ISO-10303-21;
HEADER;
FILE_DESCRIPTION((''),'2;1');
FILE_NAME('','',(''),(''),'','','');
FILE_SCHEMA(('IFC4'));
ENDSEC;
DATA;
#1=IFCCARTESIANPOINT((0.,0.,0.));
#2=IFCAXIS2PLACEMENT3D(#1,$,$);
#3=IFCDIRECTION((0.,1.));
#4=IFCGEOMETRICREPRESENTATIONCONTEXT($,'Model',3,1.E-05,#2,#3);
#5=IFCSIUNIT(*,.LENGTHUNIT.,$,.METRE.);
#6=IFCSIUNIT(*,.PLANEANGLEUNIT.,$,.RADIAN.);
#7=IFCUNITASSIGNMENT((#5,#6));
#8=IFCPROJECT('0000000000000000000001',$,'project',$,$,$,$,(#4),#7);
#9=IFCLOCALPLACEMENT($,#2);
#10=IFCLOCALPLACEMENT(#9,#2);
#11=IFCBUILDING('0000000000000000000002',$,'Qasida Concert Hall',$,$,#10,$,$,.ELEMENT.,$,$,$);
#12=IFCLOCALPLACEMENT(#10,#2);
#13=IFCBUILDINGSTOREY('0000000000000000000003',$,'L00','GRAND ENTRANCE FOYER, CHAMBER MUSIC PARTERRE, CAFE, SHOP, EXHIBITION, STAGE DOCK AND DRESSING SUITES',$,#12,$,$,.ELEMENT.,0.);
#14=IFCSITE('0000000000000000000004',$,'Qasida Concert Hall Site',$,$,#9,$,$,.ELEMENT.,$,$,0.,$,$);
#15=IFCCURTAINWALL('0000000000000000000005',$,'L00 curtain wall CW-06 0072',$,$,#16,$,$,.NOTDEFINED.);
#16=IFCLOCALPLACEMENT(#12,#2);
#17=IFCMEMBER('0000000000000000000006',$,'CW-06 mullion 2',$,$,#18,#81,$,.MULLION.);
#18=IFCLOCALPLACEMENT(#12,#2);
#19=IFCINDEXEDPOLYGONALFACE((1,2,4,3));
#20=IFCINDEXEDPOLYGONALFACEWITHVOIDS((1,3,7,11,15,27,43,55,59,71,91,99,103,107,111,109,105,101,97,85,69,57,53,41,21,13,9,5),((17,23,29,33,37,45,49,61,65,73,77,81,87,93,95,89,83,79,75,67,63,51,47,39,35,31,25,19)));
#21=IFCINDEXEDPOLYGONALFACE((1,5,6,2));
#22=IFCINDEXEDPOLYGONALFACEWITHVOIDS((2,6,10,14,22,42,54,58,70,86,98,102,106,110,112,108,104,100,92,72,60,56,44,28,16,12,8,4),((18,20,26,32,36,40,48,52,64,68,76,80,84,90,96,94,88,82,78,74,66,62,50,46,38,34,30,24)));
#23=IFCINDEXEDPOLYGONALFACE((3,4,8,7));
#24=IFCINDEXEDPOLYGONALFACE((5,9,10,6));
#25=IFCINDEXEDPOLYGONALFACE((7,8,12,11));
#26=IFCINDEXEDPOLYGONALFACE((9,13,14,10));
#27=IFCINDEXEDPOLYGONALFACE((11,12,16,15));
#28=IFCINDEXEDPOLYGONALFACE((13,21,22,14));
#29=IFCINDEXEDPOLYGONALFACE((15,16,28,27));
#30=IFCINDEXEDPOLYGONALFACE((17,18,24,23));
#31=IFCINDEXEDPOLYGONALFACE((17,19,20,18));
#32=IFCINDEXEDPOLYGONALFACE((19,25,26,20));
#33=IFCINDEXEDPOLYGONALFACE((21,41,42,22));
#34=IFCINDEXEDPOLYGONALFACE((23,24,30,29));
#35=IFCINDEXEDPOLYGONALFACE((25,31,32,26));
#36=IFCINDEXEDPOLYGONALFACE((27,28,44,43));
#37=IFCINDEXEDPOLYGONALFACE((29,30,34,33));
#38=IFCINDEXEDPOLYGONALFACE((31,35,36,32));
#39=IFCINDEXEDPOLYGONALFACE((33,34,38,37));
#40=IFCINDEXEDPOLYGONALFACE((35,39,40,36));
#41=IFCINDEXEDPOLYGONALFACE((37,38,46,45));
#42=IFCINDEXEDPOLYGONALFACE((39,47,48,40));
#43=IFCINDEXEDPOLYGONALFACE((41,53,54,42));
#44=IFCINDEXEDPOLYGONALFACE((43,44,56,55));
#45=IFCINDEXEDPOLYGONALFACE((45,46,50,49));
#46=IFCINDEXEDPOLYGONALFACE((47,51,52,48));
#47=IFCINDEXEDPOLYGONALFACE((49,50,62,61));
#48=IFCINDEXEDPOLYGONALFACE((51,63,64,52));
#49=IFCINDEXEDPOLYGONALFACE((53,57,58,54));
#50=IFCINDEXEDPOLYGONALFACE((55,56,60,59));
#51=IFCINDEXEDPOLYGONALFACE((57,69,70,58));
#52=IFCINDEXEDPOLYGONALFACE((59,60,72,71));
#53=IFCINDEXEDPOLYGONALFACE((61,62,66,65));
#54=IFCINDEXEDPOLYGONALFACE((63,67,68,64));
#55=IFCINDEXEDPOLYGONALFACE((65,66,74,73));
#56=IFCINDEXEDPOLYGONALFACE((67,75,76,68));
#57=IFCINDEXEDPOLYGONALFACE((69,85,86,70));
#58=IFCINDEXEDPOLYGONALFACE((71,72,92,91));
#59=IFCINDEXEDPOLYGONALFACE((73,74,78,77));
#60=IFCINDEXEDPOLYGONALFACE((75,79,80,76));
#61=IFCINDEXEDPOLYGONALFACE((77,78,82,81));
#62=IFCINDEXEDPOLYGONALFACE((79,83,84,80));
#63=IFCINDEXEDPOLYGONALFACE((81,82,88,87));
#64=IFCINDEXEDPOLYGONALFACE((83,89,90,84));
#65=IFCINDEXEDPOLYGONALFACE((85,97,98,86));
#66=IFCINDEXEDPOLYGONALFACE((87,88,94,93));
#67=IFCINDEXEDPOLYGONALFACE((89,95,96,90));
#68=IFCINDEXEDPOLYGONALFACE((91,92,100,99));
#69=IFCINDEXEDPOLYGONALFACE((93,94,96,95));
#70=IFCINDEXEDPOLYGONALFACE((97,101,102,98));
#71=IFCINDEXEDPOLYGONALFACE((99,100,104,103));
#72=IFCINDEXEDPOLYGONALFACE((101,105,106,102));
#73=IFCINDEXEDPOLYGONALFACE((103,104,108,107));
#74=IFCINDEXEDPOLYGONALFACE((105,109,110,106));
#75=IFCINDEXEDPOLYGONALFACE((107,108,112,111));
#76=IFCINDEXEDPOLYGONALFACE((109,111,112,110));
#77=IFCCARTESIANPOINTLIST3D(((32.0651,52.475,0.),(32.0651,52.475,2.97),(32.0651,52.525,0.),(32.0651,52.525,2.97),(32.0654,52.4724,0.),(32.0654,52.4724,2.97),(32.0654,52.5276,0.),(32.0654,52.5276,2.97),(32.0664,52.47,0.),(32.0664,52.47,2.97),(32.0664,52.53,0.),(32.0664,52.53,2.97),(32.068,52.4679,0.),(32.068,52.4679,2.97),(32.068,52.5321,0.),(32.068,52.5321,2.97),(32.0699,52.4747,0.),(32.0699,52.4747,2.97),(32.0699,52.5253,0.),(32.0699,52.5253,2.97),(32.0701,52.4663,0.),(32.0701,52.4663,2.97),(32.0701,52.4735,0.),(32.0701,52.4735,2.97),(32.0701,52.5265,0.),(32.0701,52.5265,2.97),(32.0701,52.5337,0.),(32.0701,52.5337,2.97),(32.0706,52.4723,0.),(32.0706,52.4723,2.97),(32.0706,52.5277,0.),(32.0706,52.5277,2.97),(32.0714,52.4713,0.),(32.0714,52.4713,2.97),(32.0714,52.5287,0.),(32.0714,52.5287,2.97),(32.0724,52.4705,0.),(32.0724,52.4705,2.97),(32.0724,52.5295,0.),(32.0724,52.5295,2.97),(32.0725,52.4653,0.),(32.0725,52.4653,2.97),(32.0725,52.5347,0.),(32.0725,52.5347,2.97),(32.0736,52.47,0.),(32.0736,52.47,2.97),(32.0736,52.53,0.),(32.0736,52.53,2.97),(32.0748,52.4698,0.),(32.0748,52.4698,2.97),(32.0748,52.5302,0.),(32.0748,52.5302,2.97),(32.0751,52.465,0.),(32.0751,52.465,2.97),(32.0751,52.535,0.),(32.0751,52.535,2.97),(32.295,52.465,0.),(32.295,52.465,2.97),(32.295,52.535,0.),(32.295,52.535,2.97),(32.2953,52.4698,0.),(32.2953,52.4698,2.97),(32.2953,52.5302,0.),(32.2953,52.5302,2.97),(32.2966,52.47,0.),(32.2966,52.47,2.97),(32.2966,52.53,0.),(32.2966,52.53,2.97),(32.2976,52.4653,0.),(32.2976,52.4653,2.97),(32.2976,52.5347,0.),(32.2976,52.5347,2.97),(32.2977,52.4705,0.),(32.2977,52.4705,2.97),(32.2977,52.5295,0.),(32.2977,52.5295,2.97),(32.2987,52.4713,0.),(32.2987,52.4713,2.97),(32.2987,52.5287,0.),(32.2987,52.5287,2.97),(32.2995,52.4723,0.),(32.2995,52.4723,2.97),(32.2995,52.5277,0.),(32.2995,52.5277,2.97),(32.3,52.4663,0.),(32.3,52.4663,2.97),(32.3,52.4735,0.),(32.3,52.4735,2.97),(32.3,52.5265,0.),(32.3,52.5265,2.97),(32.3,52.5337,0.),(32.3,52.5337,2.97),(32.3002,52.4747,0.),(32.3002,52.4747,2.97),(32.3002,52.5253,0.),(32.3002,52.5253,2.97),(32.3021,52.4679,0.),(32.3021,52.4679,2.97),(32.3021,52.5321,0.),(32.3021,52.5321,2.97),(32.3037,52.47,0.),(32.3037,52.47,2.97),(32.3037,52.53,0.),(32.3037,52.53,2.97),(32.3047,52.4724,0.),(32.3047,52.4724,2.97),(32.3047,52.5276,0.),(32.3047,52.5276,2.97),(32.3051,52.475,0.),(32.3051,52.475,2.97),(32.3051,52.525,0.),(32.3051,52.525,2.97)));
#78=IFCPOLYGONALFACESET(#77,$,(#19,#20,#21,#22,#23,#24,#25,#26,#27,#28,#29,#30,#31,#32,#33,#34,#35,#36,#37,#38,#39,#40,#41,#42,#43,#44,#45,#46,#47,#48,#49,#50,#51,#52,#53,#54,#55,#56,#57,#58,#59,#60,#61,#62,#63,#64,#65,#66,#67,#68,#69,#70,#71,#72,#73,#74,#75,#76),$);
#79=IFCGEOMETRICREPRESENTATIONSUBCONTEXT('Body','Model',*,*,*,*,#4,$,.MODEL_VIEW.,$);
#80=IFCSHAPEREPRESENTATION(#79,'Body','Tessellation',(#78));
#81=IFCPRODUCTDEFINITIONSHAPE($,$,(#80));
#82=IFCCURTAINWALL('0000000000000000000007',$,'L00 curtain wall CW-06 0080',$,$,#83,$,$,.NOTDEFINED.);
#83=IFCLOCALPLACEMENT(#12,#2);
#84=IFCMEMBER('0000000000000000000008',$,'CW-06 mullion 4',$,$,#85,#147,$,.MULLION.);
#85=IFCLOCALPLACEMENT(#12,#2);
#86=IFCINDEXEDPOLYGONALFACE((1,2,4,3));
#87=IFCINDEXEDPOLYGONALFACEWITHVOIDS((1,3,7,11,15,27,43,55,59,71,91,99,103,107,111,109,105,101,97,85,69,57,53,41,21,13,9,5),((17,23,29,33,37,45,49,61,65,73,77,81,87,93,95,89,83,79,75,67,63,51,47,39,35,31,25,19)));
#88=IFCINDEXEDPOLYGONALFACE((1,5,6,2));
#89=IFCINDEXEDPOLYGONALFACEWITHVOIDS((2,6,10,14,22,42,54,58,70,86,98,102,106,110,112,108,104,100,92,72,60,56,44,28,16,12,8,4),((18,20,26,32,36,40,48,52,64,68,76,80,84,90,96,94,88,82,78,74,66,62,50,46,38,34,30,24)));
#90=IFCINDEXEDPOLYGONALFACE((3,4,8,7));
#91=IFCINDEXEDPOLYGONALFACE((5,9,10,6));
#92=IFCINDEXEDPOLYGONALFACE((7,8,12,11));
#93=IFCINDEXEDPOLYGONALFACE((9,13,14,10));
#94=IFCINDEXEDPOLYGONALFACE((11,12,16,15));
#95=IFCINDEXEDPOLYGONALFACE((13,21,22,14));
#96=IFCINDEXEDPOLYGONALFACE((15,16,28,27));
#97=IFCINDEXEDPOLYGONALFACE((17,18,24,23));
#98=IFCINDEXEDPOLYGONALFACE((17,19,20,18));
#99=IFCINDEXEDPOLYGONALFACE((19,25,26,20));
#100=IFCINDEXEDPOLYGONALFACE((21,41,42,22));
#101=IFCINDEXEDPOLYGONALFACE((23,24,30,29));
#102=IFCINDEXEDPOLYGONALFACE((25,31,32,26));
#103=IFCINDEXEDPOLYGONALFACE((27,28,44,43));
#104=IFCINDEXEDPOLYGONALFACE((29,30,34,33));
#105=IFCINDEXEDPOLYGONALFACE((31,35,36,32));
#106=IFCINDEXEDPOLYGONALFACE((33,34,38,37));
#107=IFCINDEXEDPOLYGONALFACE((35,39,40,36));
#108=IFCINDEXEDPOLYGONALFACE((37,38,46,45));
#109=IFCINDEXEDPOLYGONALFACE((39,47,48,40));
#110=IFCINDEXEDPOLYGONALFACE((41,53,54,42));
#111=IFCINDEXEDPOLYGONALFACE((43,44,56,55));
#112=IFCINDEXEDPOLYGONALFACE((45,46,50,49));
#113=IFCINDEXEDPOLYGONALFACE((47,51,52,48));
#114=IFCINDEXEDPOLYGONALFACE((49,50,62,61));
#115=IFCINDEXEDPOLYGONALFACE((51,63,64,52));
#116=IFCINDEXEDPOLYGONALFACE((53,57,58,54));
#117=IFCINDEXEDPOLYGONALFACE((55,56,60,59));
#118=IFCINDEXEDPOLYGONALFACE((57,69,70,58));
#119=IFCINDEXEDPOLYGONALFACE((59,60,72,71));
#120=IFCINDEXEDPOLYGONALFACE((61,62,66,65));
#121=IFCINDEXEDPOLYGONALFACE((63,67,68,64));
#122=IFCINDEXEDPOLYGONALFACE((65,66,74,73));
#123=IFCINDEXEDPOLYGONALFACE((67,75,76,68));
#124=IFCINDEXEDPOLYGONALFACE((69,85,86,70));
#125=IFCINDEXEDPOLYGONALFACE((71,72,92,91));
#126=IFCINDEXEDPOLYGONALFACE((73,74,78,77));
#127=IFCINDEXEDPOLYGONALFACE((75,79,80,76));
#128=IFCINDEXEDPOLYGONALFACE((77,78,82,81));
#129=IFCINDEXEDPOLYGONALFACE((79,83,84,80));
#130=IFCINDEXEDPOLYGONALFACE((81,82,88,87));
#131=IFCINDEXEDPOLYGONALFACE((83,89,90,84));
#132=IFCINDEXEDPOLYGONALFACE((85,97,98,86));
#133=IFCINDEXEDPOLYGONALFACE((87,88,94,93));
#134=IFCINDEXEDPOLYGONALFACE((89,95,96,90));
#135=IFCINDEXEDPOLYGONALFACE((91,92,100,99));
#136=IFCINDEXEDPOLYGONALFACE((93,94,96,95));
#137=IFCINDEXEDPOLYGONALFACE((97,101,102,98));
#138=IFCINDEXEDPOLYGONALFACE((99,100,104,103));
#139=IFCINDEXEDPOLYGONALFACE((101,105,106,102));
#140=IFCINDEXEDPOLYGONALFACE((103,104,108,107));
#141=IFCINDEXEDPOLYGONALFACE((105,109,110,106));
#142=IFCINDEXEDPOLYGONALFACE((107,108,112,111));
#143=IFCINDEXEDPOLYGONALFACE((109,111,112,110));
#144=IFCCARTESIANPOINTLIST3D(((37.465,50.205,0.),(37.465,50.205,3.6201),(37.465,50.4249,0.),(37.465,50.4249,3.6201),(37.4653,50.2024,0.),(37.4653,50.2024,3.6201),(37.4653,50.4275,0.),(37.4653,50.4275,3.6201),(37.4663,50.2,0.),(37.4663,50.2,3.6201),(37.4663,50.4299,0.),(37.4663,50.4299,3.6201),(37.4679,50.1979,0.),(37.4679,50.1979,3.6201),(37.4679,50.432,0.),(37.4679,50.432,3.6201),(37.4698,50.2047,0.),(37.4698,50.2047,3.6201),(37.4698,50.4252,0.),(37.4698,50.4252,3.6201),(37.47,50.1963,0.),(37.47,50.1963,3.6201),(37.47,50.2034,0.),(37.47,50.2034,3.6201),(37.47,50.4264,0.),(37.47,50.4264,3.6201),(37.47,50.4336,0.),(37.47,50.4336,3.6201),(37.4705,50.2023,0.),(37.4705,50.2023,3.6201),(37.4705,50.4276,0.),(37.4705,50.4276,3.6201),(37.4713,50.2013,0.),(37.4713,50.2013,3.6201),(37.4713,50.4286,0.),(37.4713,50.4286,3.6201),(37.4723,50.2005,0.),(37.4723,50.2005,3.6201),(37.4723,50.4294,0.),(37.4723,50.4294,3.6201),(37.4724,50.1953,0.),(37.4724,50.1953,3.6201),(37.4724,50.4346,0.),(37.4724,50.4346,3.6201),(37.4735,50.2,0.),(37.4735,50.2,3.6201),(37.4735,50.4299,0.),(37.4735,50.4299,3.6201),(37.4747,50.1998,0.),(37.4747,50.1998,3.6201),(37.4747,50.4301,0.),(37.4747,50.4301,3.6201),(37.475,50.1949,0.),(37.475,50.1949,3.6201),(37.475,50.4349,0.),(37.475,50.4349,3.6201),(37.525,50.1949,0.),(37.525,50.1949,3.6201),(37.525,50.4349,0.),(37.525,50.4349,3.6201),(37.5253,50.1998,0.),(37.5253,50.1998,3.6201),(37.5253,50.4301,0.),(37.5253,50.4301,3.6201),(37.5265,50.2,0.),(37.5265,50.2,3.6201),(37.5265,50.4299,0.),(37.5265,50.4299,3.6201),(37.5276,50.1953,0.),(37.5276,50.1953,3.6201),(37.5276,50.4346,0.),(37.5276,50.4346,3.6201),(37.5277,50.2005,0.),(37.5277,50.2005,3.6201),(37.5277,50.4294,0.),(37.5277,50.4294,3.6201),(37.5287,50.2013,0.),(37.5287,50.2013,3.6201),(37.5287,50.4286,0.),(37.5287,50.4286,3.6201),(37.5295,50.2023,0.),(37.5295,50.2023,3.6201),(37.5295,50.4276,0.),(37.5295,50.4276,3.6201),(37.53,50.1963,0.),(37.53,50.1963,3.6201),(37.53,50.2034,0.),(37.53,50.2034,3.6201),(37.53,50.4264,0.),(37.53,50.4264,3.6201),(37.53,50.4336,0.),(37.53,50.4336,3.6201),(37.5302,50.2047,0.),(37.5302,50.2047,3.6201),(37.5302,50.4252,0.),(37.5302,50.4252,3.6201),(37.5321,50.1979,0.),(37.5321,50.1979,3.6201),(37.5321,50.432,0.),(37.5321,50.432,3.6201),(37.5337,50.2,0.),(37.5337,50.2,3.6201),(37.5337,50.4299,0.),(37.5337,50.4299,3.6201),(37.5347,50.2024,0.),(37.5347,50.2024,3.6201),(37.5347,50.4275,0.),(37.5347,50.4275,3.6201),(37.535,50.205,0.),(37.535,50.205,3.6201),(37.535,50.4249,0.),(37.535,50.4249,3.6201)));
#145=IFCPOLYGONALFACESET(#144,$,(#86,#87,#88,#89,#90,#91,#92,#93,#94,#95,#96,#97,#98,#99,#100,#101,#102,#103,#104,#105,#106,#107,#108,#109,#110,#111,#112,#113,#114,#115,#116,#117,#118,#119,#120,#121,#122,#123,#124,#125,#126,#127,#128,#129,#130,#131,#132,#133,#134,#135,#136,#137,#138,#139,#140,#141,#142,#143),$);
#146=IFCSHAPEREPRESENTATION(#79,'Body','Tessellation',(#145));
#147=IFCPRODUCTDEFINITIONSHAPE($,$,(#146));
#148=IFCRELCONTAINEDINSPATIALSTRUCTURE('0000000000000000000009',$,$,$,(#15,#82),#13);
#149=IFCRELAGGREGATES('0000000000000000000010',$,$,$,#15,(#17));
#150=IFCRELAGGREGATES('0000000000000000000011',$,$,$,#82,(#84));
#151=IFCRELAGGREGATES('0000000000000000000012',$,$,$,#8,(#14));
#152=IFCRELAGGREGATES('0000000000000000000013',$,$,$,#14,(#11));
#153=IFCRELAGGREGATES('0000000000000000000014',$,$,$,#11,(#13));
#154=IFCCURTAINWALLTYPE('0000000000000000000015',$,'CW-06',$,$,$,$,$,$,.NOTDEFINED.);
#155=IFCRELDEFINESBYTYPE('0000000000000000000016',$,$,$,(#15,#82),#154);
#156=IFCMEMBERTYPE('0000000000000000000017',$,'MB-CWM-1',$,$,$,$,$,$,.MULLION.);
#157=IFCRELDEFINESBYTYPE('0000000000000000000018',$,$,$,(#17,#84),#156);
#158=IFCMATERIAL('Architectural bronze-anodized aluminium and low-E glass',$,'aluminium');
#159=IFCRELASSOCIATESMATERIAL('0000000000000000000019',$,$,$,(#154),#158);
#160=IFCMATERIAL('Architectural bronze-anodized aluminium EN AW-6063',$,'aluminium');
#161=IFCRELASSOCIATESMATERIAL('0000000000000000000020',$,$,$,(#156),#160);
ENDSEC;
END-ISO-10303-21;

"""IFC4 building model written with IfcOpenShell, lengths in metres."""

from ifc_helpers import new_model, si_unit, direction, frame, origin, origin_2d, place, context, subcontext, project, spatial, hollow_rectangle, extrude, material, material_profile, profile_set, type_object, element, aggregate, save


model = new_model("IFC4")

# Units and contexts
model_context = context("Model", 3, precision=1e-05, world=origin(), true_north=direction((0.0, 1.0)))
body_context = subcontext(model_context, "Body", "Model", "MODEL_VIEW")
ifc_project = project(units=[si_unit("LENGTHUNIT", "METRE"), si_unit("PLANEANGLEUNIT", "RADIAN")], contexts=[model_context])

# Site, building, storey
site_placement = place(None, origin())
site = spatial("IfcSite", under=ifc_project, at=site_placement, Name="Qasida Concert Hall Site", CompositionType="ELEMENT", RefElevation=0.0)
building_placement = place(site_placement, origin())
building = spatial("IfcBuilding", under=site, at=building_placement, Name="Qasida Concert Hall", CompositionType="ELEMENT")
storey_placement = place(building_placement, origin())
storey = spatial("IfcBuildingStorey", under=building, at=storey_placement, Name="L00", Description="GRAND ENTRANCE FOYER, CHAMBER MUSIC PARTERRE, CAFE, SHOP, EXHIBITION, STAGE DOCK AND DRESSING SUITES", CompositionType="ELEMENT", Elevation=0.0)

# Curtain wall, member
ifc_material_1 = material(Name="Architectural bronze-anodized aluminium and low-E glass", Category="aluminium")
curtain_wall_type = type_object("IfcCurtainWallType", Name="CW-06", PredefinedType="NOTDEFINED", material=ifc_material_1)
curtain_wall_1_placement = place(storey_placement, origin())
curtain_wall_1 = element("IfcCurtainWall", 1, at=curtain_wall_1_placement, inside=storey, type_object=curtain_wall_type, Name="L00 curtain wall CW-06 0072", PredefinedType="NOTDEFINED")
ifc_material_2 = material(Name="Architectural bronze-anodized aluminium EN AW-6063", Category="aluminium")
ifc_material_profile_1 = material_profile(ifc_material_2, hollow_rectangle(XDim=0.0701, YDim=0.24, WallThickness=0.0049, InnerFilletRadius=0.0049, OuterFilletRadius=0.01, at=origin_2d()), Name="CWM 240x70x5")
ifc_profile_set_1 = profile_set([ifc_material_profile_1], Name="Architectural bronze-anodized aluminium EN AW-6063")
member_type_1 = type_object("IfcMemberType", Name="MB-CWM-1", PredefinedType="MULLION", material=ifc_profile_set_1)
member_1_placement = place(storey_placement, frame((32.1851, 52.5, 0.0), z_axis=(0.0, 0.0, 1.0), x_axis=(0.0, 1.0, 0.0)))
member_1 = element("IfcMember", 2, at=member_1_placement, type_object=member_type_1, Name="CW-06 mullion 2", PredefinedType="MULLION", context=body_context, shape_type="SweptSolid", body=[
    extrude(hollow_rectangle(XDim=0.0701, YDim=0.24, WallThickness=0.0049, InnerFilletRadius=0.0049, OuterFilletRadius=0.01, at=origin_2d()), origin(), (0.0, 0.0, 1.0), 2.97),
])

# Curtain wall, member
curtain_wall_2_placement = place(storey_placement, origin())
curtain_wall_2 = element("IfcCurtainWall", 3, at=curtain_wall_2_placement, inside=storey, type_object=curtain_wall_type, Name="L00 curtain wall CW-06 0080", PredefinedType="NOTDEFINED")
member_2_placement = place(storey_placement, frame((37.5, 50.3149, 0.0), z_axis=(0.0, 0.0, 1.0), x_axis=(-1.0, 0.0, 0.0)))
member_2 = element("IfcMember", 4, at=member_2_placement, type_object=member_type_1, Name="CW-06 mullion 4", PredefinedType="MULLION", context=body_context, shape_type="SweptSolid", body=[
    extrude(hollow_rectangle(XDim=0.0701, YDim=0.24, WallThickness=0.0049, InnerFilletRadius=0.0049, OuterFilletRadius=0.01, at=origin_2d()), origin(), (0.0, 0.0, 1.0), 3.6201),
])

aggregate(curtain_wall_1, [member_1])
aggregate(curtain_wall_2, [member_2])

save(model, "model.ifc")
